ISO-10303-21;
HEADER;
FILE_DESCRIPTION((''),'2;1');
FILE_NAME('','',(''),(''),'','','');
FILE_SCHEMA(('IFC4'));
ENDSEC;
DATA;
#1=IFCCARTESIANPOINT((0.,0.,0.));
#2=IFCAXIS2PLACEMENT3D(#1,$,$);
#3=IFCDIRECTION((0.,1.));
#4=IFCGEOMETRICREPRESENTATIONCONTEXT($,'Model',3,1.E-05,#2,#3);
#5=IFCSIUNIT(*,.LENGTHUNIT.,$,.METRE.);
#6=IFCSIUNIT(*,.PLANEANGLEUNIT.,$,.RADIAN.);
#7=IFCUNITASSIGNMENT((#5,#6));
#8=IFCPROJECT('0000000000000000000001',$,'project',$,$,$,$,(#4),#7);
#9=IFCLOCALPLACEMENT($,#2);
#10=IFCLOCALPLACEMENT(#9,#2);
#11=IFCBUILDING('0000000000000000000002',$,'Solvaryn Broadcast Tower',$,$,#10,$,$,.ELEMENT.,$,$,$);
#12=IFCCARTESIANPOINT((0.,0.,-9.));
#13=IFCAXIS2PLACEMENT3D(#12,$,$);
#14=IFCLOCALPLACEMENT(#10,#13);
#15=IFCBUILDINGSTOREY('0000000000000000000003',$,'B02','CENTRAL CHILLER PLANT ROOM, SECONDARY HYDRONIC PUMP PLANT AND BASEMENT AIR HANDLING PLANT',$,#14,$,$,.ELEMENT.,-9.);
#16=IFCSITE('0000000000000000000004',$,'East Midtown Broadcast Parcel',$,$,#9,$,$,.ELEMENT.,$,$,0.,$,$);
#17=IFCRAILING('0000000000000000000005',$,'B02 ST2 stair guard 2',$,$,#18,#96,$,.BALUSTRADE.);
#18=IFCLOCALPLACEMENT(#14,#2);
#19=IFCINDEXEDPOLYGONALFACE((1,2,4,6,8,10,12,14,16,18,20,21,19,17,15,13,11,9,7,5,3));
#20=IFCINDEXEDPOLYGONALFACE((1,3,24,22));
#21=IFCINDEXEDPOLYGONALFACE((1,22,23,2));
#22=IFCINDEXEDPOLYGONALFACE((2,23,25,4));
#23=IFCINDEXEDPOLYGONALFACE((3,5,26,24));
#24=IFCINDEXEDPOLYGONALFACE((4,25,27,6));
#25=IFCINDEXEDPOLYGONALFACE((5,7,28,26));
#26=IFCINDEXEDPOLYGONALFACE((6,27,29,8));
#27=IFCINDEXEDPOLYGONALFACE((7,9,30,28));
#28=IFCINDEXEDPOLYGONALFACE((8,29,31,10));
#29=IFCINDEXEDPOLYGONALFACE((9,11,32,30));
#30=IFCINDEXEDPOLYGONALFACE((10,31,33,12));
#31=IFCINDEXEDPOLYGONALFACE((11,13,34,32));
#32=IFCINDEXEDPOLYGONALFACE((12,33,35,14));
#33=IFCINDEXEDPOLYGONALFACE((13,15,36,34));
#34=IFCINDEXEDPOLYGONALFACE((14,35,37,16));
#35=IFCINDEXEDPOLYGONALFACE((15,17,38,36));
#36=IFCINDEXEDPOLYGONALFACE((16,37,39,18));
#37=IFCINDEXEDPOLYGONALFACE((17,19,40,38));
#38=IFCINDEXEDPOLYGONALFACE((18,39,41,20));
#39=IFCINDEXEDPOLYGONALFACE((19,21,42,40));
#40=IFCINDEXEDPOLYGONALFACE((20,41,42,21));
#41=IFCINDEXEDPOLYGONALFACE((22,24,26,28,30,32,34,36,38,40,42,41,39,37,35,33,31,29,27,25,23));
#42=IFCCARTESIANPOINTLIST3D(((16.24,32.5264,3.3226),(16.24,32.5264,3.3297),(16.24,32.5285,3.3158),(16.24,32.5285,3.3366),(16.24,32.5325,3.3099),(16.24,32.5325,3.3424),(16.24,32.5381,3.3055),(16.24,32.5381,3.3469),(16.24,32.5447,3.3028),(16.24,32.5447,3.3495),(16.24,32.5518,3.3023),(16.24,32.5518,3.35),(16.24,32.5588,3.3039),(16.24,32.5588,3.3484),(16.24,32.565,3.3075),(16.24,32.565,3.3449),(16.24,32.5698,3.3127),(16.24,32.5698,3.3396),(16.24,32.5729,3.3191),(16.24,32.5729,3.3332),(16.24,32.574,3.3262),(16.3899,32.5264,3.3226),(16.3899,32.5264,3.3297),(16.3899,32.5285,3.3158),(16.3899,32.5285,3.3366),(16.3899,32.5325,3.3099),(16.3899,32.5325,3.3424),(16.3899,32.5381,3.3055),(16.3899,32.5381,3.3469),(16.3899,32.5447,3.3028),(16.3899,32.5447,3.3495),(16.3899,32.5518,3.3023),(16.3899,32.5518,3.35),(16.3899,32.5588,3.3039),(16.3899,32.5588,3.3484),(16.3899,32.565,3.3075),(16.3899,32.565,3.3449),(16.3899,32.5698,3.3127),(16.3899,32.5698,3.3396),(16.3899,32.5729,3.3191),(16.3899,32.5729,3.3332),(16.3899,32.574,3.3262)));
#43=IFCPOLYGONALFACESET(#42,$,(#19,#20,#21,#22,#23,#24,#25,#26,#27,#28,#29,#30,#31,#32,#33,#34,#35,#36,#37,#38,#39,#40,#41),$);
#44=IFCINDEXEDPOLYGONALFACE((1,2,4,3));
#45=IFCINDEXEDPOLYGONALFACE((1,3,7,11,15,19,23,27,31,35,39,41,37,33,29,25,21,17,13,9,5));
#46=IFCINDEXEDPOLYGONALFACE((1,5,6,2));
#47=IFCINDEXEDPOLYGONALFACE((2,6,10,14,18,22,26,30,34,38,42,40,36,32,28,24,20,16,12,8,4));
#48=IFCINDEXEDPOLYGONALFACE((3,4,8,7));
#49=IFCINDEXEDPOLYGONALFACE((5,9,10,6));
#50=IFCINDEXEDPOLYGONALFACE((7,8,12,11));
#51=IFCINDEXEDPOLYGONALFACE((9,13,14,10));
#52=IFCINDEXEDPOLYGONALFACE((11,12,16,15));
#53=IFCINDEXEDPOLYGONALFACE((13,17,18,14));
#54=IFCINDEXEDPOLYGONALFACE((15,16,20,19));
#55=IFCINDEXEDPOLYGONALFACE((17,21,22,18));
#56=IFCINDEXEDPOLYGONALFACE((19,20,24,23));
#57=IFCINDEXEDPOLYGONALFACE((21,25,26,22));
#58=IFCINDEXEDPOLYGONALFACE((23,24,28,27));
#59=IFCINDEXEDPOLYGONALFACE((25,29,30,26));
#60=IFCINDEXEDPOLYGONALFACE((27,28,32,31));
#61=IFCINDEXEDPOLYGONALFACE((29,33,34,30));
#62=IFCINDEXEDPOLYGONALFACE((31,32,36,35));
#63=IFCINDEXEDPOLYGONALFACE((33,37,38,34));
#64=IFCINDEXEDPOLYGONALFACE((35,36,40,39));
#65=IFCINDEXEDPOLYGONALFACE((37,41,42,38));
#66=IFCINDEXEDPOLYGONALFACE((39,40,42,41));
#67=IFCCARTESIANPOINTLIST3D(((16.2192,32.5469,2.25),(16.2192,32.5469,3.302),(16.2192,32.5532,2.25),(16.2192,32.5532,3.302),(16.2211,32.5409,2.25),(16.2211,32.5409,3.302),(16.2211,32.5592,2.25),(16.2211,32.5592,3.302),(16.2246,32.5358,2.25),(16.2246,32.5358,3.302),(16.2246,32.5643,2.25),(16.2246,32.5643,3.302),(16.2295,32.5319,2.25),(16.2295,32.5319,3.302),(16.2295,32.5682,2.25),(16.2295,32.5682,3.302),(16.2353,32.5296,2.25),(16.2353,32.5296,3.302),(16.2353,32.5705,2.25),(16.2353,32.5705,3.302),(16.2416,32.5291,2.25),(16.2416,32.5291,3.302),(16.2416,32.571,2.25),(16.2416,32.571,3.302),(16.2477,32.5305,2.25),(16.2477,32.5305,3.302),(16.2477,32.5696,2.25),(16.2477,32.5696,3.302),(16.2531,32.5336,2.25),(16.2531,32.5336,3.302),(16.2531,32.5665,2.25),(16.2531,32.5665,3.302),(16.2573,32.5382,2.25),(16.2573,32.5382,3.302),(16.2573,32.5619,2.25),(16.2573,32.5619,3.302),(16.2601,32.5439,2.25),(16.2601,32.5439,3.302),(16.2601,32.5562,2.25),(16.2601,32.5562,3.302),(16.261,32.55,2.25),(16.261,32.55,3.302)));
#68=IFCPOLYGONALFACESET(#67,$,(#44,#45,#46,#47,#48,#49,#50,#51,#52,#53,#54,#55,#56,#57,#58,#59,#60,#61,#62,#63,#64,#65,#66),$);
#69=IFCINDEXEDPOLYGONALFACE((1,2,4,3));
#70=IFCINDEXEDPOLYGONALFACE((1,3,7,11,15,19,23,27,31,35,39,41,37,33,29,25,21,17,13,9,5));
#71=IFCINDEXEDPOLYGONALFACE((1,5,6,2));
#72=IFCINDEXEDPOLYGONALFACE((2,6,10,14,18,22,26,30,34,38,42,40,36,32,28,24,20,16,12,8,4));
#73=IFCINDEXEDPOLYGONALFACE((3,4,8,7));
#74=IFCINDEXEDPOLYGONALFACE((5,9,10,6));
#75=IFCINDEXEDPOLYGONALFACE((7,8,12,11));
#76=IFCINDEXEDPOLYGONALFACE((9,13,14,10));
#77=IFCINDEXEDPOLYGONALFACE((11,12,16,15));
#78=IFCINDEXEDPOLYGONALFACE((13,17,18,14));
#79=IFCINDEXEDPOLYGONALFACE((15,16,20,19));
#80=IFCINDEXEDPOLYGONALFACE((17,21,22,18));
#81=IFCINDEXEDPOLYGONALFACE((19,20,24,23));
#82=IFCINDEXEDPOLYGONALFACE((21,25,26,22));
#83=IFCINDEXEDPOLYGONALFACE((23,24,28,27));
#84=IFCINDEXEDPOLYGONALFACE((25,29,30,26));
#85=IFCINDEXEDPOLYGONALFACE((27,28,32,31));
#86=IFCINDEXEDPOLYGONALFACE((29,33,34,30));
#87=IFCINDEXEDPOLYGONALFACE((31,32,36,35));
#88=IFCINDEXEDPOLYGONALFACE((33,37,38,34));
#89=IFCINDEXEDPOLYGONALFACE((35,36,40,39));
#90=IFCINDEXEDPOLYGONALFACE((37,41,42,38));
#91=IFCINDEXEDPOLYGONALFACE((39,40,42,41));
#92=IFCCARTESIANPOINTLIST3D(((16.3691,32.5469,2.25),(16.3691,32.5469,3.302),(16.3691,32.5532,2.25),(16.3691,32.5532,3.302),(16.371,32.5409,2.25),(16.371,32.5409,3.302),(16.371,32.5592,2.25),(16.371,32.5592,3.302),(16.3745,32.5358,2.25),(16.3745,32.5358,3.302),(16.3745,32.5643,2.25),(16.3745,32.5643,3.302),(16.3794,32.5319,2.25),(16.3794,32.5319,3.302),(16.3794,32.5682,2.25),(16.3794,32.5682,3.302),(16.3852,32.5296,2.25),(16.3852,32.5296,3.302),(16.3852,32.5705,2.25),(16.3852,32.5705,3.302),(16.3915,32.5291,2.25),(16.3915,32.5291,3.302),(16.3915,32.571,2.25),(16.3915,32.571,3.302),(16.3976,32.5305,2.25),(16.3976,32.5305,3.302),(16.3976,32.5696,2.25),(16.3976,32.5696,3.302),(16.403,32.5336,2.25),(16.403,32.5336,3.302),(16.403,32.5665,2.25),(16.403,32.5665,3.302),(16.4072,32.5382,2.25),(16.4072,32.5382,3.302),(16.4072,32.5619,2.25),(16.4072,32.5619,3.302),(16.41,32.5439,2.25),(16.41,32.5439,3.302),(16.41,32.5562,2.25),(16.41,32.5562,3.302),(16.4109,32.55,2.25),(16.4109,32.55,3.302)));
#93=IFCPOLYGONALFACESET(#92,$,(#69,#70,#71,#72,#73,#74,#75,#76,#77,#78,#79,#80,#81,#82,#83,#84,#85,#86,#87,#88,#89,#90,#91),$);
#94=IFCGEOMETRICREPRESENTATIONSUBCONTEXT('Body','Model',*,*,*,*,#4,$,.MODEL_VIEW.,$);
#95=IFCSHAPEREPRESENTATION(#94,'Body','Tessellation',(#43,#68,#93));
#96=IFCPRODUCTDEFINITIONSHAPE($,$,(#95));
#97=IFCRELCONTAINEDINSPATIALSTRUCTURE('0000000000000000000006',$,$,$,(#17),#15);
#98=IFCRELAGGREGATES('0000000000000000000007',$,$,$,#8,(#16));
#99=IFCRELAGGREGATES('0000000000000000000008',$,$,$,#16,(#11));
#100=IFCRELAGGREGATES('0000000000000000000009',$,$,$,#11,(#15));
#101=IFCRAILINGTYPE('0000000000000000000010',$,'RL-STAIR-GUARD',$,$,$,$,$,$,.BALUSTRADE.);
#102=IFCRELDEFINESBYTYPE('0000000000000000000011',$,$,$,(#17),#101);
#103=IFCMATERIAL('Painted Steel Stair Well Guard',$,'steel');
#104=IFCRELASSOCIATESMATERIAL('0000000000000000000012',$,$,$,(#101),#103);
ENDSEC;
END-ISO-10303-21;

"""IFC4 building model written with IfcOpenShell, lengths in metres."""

from ifc_helpers import new_model, si_unit, direction, frame, origin, origin_2d, place, context, subcontext, project, spatial, circle, extrude, material, type_object, element, save


model = new_model("IFC4")

# Units and contexts
model_context = context("Model", 3, precision=1e-05, world=origin(), true_north=direction((0.0, 1.0)))
body_context = subcontext(model_context, "Body", "Model", "MODEL_VIEW")
ifc_project = project(units=[si_unit("LENGTHUNIT", "METRE"), si_unit("PLANEANGLEUNIT", "RADIAN")], contexts=[model_context])

# Site, building, storey
site_placement = place(None, origin())
site = spatial("IfcSite", under=ifc_project, at=site_placement, Name="East Midtown Broadcast Parcel", CompositionType="ELEMENT", RefElevation=0.0)
building_placement = place(site_placement, origin())
building = spatial("IfcBuilding", under=site, at=building_placement, Name="Solvaryn Broadcast Tower", CompositionType="ELEMENT")
storey_placement = place(building_placement, frame((0.0, 0.0, -9.0)))
storey = spatial("IfcBuildingStorey", under=building, at=storey_placement, Name="B02", Description="CENTRAL CHILLER PLANT ROOM, SECONDARY HYDRONIC PUMP PLANT AND BASEMENT AIR HANDLING PLANT", CompositionType="ELEMENT", Elevation=-9.0)

# Railing
ifc_material_1 = material(Name="Painted Steel Stair Well Guard", Category="steel")
railing_type_1 = type_object("IfcRailingType", Name="RL-STAIR-GUARD", PredefinedType="BALUSTRADE", material=ifc_material_1)
railing_1_placement = place(storey_placement, frame((16.24, 32.55, 2.25)))
element("IfcRailing", 1, at=railing_1_placement, inside=storey, type_object=railing_type_1, Name="B02 ST2 stair guard 2", PredefinedType="BALUSTRADE", context=body_context, shape_type="SweptSolid", body=[
    extrude(circle(Radius=0.0239, at=origin_2d()), frame((0.0, 0.0, 1.0762), z_axis=(1.0, 0.0, 0.0), x_axis=(0.0, 1.0, 0.0)), (0.0, 0.0, 1.0), 0.1499),
    extrude(circle(Radius=0.021, at=origin_2d()), origin(), (0.0, 0.0, 1.0), 1.052),
    extrude(circle(Radius=0.021, at=origin_2d()), frame((0.1499, 0.0, 0.0)), (0.0, 0.0, 1.0), 1.052),
])

save(model, "model.ifc")
